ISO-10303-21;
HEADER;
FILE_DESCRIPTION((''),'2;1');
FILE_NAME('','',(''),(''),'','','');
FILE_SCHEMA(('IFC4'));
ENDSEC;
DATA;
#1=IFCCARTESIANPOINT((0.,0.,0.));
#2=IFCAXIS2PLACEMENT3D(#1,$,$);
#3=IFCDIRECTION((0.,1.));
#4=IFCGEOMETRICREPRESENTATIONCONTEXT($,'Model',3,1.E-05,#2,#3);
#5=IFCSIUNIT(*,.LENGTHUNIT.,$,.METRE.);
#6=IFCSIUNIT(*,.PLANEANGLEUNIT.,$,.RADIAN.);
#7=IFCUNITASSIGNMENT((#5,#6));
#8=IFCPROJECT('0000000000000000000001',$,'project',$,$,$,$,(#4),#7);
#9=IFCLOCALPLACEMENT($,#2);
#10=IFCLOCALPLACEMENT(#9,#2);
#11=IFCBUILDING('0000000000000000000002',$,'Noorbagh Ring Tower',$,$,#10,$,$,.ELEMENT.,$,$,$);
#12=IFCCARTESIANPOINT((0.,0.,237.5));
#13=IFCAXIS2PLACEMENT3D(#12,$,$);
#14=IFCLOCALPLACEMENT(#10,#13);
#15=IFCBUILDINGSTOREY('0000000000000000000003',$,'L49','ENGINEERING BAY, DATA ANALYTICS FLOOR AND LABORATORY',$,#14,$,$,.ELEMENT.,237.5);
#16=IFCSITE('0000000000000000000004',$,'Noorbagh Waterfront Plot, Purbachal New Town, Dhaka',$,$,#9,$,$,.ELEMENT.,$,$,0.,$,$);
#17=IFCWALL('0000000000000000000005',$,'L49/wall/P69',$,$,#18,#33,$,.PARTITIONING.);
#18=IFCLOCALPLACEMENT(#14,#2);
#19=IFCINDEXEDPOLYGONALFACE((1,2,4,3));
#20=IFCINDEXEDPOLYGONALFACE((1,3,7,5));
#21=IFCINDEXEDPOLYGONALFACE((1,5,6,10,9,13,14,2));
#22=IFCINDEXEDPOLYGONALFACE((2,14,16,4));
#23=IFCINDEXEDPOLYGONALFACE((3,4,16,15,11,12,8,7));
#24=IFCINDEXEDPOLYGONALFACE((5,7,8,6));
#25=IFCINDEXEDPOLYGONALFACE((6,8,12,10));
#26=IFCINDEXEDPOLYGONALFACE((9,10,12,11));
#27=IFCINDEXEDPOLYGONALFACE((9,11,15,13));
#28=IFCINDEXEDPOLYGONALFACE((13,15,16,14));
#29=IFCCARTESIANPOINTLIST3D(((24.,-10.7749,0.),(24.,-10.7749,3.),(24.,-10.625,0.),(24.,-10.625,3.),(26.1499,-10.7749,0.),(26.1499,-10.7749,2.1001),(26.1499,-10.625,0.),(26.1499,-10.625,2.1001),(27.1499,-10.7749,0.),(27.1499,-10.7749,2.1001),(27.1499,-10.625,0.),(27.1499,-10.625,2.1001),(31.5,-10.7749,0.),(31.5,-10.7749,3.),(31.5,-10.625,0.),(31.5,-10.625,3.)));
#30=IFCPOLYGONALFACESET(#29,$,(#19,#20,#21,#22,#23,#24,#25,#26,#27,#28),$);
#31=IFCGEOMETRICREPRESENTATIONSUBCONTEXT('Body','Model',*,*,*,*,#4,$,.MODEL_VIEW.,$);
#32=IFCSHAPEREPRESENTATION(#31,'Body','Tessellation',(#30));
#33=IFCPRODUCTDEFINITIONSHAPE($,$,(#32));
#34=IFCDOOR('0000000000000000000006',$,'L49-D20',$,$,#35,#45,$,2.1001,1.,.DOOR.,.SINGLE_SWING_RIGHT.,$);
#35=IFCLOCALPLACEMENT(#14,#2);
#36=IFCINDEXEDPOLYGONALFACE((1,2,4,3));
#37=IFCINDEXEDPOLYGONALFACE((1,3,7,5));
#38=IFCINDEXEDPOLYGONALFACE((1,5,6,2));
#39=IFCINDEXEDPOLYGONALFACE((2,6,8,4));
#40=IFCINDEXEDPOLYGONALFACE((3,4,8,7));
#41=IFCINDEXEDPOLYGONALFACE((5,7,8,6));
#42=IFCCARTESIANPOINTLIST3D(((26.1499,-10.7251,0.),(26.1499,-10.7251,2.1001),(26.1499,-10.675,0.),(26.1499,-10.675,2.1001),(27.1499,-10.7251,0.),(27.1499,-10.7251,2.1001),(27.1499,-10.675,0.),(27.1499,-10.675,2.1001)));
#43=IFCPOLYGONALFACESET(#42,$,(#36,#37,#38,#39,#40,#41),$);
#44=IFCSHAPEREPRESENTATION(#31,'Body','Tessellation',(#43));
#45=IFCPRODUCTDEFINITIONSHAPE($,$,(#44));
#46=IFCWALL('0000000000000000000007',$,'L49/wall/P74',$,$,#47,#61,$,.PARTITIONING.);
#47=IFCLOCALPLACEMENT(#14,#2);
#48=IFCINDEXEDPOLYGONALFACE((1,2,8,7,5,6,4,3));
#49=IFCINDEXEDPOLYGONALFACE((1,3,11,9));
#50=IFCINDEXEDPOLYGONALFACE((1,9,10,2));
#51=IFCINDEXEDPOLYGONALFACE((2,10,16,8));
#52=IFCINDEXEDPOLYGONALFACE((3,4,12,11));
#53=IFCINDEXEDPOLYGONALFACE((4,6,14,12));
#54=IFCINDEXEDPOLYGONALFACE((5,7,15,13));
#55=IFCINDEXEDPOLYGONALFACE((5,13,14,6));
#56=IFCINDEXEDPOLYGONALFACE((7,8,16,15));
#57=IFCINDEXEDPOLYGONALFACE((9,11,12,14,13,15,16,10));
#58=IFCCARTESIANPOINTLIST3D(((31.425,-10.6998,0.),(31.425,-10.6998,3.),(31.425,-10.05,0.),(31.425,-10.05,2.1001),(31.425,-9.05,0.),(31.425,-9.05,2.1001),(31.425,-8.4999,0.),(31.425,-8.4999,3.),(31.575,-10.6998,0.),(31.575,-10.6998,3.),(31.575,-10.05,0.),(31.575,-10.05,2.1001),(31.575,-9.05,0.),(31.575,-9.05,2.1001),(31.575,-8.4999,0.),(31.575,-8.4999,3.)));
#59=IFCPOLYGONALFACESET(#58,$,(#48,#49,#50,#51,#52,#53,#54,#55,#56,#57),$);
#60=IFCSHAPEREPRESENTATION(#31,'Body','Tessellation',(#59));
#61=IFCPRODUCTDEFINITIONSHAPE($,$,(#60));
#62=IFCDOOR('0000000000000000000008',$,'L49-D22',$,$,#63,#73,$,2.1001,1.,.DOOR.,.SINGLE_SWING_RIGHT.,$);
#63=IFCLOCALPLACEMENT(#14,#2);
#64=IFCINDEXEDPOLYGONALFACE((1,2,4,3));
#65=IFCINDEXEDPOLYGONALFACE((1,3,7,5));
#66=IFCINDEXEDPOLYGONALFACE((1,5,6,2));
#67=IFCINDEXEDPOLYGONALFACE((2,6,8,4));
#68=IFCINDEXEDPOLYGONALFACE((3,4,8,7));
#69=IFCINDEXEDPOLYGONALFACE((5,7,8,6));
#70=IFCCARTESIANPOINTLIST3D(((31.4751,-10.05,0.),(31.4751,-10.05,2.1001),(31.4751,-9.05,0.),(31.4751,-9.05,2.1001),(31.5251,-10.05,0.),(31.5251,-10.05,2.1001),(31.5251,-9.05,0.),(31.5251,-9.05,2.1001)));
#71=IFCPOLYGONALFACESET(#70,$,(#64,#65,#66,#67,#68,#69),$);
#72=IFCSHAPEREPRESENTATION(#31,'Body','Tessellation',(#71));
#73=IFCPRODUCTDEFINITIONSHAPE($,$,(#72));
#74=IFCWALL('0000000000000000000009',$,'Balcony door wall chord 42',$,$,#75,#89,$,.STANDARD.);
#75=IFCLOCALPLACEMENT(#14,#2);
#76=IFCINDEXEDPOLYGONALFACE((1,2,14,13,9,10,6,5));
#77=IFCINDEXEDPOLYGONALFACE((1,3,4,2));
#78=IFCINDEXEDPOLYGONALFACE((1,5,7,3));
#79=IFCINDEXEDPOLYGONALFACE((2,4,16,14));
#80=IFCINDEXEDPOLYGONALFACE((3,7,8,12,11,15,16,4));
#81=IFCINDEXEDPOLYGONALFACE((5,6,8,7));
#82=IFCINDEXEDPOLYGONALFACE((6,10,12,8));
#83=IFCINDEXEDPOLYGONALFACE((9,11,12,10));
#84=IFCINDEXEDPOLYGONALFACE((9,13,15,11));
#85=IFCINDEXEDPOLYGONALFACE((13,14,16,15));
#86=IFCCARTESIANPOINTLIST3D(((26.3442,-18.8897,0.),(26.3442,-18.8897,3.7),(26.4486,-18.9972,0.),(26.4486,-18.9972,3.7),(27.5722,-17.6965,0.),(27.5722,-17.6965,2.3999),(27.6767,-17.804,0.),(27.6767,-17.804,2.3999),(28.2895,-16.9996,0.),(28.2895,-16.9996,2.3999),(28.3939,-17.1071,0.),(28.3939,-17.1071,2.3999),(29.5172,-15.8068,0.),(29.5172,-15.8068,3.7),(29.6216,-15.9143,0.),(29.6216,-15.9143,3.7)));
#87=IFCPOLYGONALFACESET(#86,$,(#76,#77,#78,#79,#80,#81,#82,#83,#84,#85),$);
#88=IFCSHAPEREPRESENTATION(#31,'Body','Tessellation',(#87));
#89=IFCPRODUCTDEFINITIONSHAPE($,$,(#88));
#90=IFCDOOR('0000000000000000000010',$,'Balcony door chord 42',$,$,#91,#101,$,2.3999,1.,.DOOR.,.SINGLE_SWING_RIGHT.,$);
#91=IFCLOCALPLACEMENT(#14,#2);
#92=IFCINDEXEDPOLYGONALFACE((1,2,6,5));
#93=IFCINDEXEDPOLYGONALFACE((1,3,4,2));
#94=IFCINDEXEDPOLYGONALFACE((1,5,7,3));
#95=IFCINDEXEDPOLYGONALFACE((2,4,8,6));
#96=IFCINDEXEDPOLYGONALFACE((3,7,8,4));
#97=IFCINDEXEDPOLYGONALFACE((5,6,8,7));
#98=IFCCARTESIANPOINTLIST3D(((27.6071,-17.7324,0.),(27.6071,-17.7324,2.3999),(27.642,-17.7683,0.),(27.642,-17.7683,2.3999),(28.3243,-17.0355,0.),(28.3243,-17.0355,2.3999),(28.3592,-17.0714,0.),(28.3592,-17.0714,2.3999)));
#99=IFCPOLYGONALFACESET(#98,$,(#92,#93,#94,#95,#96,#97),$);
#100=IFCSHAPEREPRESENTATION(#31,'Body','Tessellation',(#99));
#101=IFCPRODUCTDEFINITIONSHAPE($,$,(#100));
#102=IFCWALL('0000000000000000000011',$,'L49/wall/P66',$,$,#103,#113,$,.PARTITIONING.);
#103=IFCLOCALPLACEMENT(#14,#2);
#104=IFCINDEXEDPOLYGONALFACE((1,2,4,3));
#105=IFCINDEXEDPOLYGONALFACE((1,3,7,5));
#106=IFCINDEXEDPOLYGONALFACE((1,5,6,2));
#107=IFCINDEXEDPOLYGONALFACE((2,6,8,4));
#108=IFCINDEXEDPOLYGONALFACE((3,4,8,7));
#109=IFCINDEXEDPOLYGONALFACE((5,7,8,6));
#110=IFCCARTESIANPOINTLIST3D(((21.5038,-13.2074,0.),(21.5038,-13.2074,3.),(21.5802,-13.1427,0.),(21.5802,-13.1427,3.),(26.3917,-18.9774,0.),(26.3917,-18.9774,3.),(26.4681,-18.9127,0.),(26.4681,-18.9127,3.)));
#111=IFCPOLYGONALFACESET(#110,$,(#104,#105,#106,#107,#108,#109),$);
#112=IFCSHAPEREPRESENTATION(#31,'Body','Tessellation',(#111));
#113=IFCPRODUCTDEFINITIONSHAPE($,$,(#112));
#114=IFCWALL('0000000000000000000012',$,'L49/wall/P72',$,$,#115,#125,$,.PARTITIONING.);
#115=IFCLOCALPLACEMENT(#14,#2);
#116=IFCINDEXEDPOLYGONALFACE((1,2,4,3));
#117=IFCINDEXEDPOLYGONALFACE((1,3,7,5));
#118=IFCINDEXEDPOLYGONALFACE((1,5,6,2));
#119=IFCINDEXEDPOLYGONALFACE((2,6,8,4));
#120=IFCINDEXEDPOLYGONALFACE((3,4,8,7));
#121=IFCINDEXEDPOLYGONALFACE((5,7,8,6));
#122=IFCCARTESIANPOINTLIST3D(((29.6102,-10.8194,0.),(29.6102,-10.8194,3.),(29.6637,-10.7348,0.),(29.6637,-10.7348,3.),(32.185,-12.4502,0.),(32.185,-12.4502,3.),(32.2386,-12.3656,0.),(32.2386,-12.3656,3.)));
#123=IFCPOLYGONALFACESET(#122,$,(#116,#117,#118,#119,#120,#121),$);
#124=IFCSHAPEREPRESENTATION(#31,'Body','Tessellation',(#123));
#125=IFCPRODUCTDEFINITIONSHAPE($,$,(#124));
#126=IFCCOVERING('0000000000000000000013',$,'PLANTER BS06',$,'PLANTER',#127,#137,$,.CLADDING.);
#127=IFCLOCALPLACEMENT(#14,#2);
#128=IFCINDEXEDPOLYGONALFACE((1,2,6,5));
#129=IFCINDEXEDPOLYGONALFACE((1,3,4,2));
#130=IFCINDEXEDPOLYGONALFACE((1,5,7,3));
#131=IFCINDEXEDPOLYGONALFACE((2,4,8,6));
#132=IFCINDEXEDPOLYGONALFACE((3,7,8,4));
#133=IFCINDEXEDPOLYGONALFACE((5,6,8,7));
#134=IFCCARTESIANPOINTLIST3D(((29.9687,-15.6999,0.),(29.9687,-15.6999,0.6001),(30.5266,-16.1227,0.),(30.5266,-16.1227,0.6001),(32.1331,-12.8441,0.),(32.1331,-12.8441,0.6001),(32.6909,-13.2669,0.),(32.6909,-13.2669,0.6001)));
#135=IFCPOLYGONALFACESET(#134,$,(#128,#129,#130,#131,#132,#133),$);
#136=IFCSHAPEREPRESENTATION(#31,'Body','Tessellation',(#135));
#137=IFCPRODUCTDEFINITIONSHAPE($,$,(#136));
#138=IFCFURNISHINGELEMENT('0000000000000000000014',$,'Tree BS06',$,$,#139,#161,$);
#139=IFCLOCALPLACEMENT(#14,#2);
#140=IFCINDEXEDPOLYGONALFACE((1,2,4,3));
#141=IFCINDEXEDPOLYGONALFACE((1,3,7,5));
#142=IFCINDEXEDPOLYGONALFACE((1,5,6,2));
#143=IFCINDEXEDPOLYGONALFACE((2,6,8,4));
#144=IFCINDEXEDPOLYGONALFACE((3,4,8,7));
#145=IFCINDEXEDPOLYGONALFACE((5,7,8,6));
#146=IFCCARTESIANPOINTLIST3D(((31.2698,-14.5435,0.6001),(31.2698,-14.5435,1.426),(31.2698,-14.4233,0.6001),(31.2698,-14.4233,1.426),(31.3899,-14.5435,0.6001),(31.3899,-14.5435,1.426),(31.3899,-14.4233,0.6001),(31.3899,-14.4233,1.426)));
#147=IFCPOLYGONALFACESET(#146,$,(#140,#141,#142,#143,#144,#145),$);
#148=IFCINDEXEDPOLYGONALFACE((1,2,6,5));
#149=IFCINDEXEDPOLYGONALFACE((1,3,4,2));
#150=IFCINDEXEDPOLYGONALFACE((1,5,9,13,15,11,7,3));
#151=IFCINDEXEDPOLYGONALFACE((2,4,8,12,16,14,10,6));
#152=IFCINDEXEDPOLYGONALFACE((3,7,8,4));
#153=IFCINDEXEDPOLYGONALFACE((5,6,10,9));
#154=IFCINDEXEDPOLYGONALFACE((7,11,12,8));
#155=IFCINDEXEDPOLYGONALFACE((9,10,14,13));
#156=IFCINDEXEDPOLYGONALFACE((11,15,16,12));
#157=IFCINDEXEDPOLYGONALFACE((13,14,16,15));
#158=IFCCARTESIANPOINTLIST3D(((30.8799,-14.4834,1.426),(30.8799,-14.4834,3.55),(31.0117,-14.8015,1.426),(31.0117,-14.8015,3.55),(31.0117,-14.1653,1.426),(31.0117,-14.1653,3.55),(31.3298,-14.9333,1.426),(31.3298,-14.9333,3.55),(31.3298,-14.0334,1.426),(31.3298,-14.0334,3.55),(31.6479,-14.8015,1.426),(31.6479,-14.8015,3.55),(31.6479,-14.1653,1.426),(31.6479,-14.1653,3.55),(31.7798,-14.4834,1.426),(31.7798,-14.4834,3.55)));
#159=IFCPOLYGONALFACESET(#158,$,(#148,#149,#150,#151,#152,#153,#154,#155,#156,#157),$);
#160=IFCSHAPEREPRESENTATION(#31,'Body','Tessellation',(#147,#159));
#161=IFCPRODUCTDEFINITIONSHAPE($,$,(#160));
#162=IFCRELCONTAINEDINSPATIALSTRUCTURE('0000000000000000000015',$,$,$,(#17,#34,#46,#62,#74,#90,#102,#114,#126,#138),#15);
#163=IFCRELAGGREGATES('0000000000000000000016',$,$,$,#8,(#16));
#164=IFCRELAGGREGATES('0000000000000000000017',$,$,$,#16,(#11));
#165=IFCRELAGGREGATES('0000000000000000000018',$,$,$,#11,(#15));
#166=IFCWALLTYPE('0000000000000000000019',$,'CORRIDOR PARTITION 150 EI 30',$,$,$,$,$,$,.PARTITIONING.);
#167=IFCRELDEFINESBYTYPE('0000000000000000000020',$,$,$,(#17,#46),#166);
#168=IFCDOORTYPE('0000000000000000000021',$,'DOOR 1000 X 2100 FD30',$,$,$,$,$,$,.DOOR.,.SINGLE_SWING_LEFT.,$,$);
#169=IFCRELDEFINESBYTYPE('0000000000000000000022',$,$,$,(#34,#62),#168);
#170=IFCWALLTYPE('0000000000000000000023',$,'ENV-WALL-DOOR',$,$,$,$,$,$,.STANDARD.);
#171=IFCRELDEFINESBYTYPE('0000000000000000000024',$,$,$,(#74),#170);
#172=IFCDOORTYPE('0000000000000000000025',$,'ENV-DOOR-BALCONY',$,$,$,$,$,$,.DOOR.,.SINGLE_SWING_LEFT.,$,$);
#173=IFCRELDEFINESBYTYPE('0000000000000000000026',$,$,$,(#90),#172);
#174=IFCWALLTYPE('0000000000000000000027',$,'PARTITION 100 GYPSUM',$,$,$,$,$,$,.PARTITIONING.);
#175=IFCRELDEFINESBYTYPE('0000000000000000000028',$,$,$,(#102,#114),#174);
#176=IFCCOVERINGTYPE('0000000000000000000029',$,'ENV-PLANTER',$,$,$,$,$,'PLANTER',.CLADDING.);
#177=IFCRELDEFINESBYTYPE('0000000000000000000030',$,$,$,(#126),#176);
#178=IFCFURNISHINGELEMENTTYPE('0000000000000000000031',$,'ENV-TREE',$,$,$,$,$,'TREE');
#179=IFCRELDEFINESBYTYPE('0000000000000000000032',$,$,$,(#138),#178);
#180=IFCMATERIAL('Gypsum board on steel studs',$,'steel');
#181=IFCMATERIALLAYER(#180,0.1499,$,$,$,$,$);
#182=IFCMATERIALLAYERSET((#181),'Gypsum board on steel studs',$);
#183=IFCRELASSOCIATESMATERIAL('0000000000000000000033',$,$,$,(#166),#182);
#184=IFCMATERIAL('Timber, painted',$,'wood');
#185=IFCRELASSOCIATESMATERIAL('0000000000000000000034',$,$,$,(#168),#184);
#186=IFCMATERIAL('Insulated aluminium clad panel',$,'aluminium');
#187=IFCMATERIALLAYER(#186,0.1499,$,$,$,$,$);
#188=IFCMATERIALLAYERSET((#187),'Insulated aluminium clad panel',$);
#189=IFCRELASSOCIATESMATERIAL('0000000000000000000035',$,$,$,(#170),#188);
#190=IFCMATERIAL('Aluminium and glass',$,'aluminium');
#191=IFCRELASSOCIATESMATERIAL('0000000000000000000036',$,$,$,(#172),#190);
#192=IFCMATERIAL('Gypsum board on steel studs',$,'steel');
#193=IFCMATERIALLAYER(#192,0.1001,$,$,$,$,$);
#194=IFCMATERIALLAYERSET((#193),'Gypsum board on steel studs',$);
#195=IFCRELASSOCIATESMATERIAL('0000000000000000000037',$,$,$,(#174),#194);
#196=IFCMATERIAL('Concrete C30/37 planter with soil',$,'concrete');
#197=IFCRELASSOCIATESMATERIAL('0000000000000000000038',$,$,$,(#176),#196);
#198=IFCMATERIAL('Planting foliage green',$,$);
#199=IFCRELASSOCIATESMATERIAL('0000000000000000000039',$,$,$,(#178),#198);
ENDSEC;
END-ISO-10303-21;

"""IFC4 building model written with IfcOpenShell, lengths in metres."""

from ifc_helpers import new_model, si_unit, direction, frame, frame_2d, origin, origin_2d, place, context, subcontext, project, spatial, polyline, rectangle, outline, extrude, material, layer, layer_set, type_object, element, fill, save


model = new_model("IFC4")

# Units and contexts
model_context = context("Model", 3, precision=1e-05, world=origin(), true_north=direction((0.0, 1.0)))
body_context = subcontext(model_context, "Body", "Model", "MODEL_VIEW")
ifc_project = project(units=[si_unit("LENGTHUNIT", "METRE"), si_unit("PLANEANGLEUNIT", "RADIAN")], contexts=[model_context])

# Site, building, storey
site_placement = place(None, origin())
site = spatial("IfcSite", under=ifc_project, at=site_placement, Name="Noorbagh Waterfront Plot, Purbachal New Town, Dhaka", CompositionType="ELEMENT", RefElevation=0.0)
building_placement = place(site_placement, origin())
building = spatial("IfcBuilding", under=site, at=building_placement, Name="Noorbagh Ring Tower", CompositionType="ELEMENT")
storey_placement = place(building_placement, frame((0.0, 0.0, 237.5)))
storey = spatial("IfcBuildingStorey", under=building, at=storey_placement, Name="L49", Description="ENGINEERING BAY, DATA ANALYTICS FLOOR AND LABORATORY", CompositionType="ELEMENT", Elevation=237.5)

# Shared definitions
ifc_material_1 = material(Name="Gypsum board on steel studs", Category="steel")
ifc_layer_1 = layer(ifc_material_1, 0.1499)
ifc_layer_set_1 = layer_set([ifc_layer_1], Name="Gypsum board on steel studs")
wall_type_1 = type_object("IfcWallType", Name="CORRIDOR PARTITION 150 EI 30", PredefinedType="PARTITIONING", material=ifc_layer_set_1)

# Walls, openings, doors
wall_1_placement = place(storey_placement, frame((24.0, -10.7, 0.0), z_axis=(0.0, 0.0, 1.0), x_axis=(1.0, 0.0, 0.0)))
wall_1 = element("IfcWall", 1, at=wall_1_placement, inside=storey, type_object=wall_type_1, Name="L49/wall/P69", PredefinedType="PARTITIONING", context=body_context, shape_type="SweptSolid", body=[
    extrude(rectangle(XDim=7.5, YDim=0.1499, at=frame_2d((3.75, 0.0))), origin(), (0.0, 0.0, 1.0), 3.0),
])
opening_1_placement = place(wall_1_placement, frame((2.1499, 0.0, 0.0)))
opening_1 = element("IfcOpeningElement", 2, at=opening_1_placement, cuts=wall_1, PredefinedType="OPENING", context=body_context, shape_type="SweptSolid", body=[
    extrude(rectangle(XDim=1.0, YDim=2.1001, at=frame_2d((0.5, 1.05))), frame((0.0, 0.085, 0.0), z_axis=(0.0, -1.0, 0.0), x_axis=(1.0, 0.0, 0.0)), (0.0, 0.0, 1.0), 0.1699),
])
ifc_material_2 = material(Name="Timber, painted", Category="wood")
door_type_1 = type_object("IfcDoorType", Name="DOOR 1000 X 2100 FD30", OperationType="SINGLE_SWING_LEFT", PredefinedType="DOOR", material=ifc_material_2)
door_1_placement = place(opening_1_placement, origin())
door_1 = element("IfcDoor", 3, at=door_1_placement, inside=storey, type_object=door_type_1, Name="L49-D20", OperationType="SINGLE_SWING_RIGHT", OverallHeight=2.1001, OverallWidth=1.0, PredefinedType="DOOR", context=body_context, shape_type="SweptSolid", body=[
    extrude(rectangle(XDim=1.0, YDim=2.1001, at=frame_2d((0.5, 1.05))), frame((0.0, 0.0249, 0.0), z_axis=(0.0, -1.0, 0.0), x_axis=(1.0, 0.0, 0.0)), (0.0, 0.0, 1.0), 0.05),
])
fill(opening_1, door_1)
wall_2_placement = place(storey_placement, frame((31.5, -10.7, 0.0), z_axis=(0.0, 0.0, 1.0), x_axis=(0.0, 1.0, 0.0)))
wall_2 = element("IfcWall", 4, at=wall_2_placement, inside=storey, type_object=wall_type_1, Name="L49/wall/P74", PredefinedType="PARTITIONING", context=body_context, shape_type="SweptSolid", body=[
    extrude(rectangle(XDim=2.2, YDim=0.1499, at=frame_2d((1.1001, 0.0))), origin(), (0.0, 0.0, 1.0), 3.0),
])
opening_2_placement = place(wall_2_placement, frame((0.6499, 0.0, 0.0)))
opening_2 = element("IfcOpeningElement", 5, at=opening_2_placement, cuts=wall_2, PredefinedType="OPENING", context=body_context, shape_type="SweptSolid", body=[
    extrude(rectangle(XDim=1.0, YDim=2.1001, at=frame_2d((0.5, 1.05))), frame((0.0, 0.085, 0.0), z_axis=(0.0, -1.0, 0.0), x_axis=(1.0, 0.0, 0.0)), (0.0, 0.0, 1.0), 0.1699),
])
door_2_placement = place(opening_2_placement, origin())
door_2 = element("IfcDoor", 6, at=door_2_placement, inside=storey, type_object=door_type_1, Name="L49-D22", OperationType="SINGLE_SWING_RIGHT", OverallHeight=2.1001, OverallWidth=1.0, PredefinedType="DOOR", context=body_context, shape_type="SweptSolid", body=[
    extrude(rectangle(XDim=1.0, YDim=2.1001, at=frame_2d((0.5, 1.05))), frame((0.0, 0.0249, 0.0), z_axis=(0.0, -1.0, 0.0), x_axis=(1.0, 0.0, 0.0)), (0.0, 0.0, 1.0), 0.05),
])
fill(opening_2, door_2)
ifc_material_3 = material(Name="Insulated aluminium clad panel", Category="aluminium")
ifc_layer_2 = layer(ifc_material_3, 0.1499)
ifc_layer_set_2 = layer_set([ifc_layer_2], Name="Insulated aluminium clad panel")
wall_type_2 = type_object("IfcWallType", Name="ENV-WALL-DOOR", PredefinedType="STANDARD", material=ifc_layer_set_2)
wall_3_placement = place(storey_placement, frame((26.3965, -18.9434, 0.0), z_axis=(0.0, 0.0, 1.0), x_axis=(0.717215, 0.696852, 0.0)))
wall_3 = element("IfcWall", 7, at=wall_3_placement, inside=storey, type_object=wall_type_2, Name="Balcony door wall chord 42", PredefinedType="STANDARD", context=body_context, shape_type="SweptSolid", body=[
    extrude(rectangle(XDim=4.4241, YDim=0.1499, at=frame_2d((2.2119, 0.0))), origin(), (0.0, 0.0, 1.0), 3.7),
])
opening_3_placement = place(wall_3_placement, frame((1.7122, 0.0, 0.0)))
opening_3 = element("IfcOpeningElement", 8, at=opening_3_placement, cuts=wall_3, PredefinedType="OPENING", context=body_context, shape_type="SweptSolid", body=[
    extrude(rectangle(XDim=1.0, YDim=2.3999, at=frame_2d((0.5, 1.2))), frame((0.0, 0.085, 0.0), z_axis=(0.0, -1.0, 0.0), x_axis=(1.0, 0.0, 0.0)), (0.0, 0.0, 1.0), 0.1699),
])
ifc_material_4 = material(Name="Aluminium and glass", Category="aluminium")
door_type_2 = type_object("IfcDoorType", Name="ENV-DOOR-BALCONY", OperationType="SINGLE_SWING_LEFT", PredefinedType="DOOR", material=ifc_material_4)
door_3_placement = place(opening_3_placement, origin())
door_3 = element("IfcDoor", 9, at=door_3_placement, inside=storey, type_object=door_type_2, Name="Balcony door chord 42", OperationType="SINGLE_SWING_RIGHT", OverallHeight=2.3999, OverallWidth=1.0, PredefinedType="DOOR", context=body_context, shape_type="SweptSolid", body=[
    extrude(rectangle(XDim=1.0, YDim=2.3999, at=frame_2d((0.5, 1.2))), frame((0.0, 0.0249, 0.0), z_axis=(0.0, -1.0, 0.0), x_axis=(1.0, 0.0, 0.0)), (0.0, 0.0, 1.0), 0.05),
])
fill(opening_3, door_3)

# Walls
ifc_material_5 = material(Name="Gypsum board on steel studs", Category="steel")
ifc_layer_3 = layer(ifc_material_5, 0.1001)
ifc_layer_set_3 = layer_set([ifc_layer_3], Name="Gypsum board on steel studs")
wall_type_3 = type_object("IfcWallType", Name="PARTITION 100 GYPSUM", PredefinedType="PARTITIONING", material=ifc_layer_set_3)
wall_4_placement = place(storey_placement, frame((21.542, -13.175, 0.0), z_axis=(0.0, 0.0, 1.0), x_axis=(0.646375, -0.76302, 0.0)))
element("IfcWall", 10, at=wall_4_placement, inside=storey, type_object=wall_type_3, Name="L49/wall/P66", PredefinedType="PARTITIONING", context=body_context, shape_type="SweptSolid", body=[
    extrude(rectangle(XDim=7.562, YDim=0.1001, at=frame_2d((3.781, 0.0))), origin(), (0.0, 0.0, 1.0), 3.0),
])
wall_5_placement = place(storey_placement, frame((29.637, -10.7771, 0.0), z_axis=(0.0, 0.0, 1.0), x_axis=(0.844811, -0.535065, 0.0)))
element("IfcWall", 11, at=wall_5_placement, inside=storey, type_object=wall_type_3, Name="L49/wall/P72", PredefinedType="PARTITIONING", context=body_context, shape_type="SweptSolid", body=[
    extrude(rectangle(XDim=3.0479, YDim=0.1001, at=frame_2d((1.5239, 0.0))), origin(), (0.0, 0.0, 1.0), 3.0),
])

# Covering
ifc_material_6 = material(Name="Concrete C30/37 planter with soil", Category="concrete")
covering_type = type_object("IfcCoveringType", Name="ENV-PLANTER", ElementType="PLANTER", PredefinedType="CLADDING", material=ifc_material_6)
covering_placement = place(storey_placement, frame((31.3298, -14.4834, 0.0), z_axis=(0.0, 0.0, 1.0), x_axis=(0.60402, 0.796969, 0.0)))
element("IfcCovering", 12, at=covering_placement, inside=storey, type_object=covering_type, Name="PLANTER BS06", ObjectType="PLANTER", PredefinedType="CLADDING", context=body_context, shape_type="SweptSolid", body=[
    extrude(rectangle(XDim=3.5833, YDim=0.7, at=origin_2d()), origin(), (0.0, 0.0, 1.0), 0.6001),
])

# Furnishing element
ifc_material_7 = material(Name="Planting foliage green")
furnishing_element_type = type_object("IfcFurnishingElementType", Name="ENV-TREE", ElementType="TREE", material=ifc_material_7)
furnishing_placement = place(storey_placement, frame((31.3298, -14.4834, 0.6001), z_axis=(0.0, 0.0, 1.0), x_axis=(1.0, 0.0, 0.0)))
element("IfcFurnishingElement", 13, at=furnishing_placement, inside=storey, type_object=furnishing_element_type, Name="Tree BS06", context=body_context, shape_type="SweptSolid", body=[
    extrude(rectangle(XDim=0.1201, YDim=0.1201, at=origin_2d()), origin(), (0.0, 0.0, 1.0), 0.8259),
    extrude(outline(polyline([(0.45, 0.0), (0.3181, 0.3181), (0.0, 0.45), (-0.3181, 0.3181), (-0.45, 0.0), (-0.3181, -0.3181), (0.0, -0.45), (0.3181, -0.3181), (0.45, 0.0)])), frame((0.0, 0.0, 0.8259)), (0.0, 0.0, 1.0), 2.124),
])

save(model, "model.ifc")
